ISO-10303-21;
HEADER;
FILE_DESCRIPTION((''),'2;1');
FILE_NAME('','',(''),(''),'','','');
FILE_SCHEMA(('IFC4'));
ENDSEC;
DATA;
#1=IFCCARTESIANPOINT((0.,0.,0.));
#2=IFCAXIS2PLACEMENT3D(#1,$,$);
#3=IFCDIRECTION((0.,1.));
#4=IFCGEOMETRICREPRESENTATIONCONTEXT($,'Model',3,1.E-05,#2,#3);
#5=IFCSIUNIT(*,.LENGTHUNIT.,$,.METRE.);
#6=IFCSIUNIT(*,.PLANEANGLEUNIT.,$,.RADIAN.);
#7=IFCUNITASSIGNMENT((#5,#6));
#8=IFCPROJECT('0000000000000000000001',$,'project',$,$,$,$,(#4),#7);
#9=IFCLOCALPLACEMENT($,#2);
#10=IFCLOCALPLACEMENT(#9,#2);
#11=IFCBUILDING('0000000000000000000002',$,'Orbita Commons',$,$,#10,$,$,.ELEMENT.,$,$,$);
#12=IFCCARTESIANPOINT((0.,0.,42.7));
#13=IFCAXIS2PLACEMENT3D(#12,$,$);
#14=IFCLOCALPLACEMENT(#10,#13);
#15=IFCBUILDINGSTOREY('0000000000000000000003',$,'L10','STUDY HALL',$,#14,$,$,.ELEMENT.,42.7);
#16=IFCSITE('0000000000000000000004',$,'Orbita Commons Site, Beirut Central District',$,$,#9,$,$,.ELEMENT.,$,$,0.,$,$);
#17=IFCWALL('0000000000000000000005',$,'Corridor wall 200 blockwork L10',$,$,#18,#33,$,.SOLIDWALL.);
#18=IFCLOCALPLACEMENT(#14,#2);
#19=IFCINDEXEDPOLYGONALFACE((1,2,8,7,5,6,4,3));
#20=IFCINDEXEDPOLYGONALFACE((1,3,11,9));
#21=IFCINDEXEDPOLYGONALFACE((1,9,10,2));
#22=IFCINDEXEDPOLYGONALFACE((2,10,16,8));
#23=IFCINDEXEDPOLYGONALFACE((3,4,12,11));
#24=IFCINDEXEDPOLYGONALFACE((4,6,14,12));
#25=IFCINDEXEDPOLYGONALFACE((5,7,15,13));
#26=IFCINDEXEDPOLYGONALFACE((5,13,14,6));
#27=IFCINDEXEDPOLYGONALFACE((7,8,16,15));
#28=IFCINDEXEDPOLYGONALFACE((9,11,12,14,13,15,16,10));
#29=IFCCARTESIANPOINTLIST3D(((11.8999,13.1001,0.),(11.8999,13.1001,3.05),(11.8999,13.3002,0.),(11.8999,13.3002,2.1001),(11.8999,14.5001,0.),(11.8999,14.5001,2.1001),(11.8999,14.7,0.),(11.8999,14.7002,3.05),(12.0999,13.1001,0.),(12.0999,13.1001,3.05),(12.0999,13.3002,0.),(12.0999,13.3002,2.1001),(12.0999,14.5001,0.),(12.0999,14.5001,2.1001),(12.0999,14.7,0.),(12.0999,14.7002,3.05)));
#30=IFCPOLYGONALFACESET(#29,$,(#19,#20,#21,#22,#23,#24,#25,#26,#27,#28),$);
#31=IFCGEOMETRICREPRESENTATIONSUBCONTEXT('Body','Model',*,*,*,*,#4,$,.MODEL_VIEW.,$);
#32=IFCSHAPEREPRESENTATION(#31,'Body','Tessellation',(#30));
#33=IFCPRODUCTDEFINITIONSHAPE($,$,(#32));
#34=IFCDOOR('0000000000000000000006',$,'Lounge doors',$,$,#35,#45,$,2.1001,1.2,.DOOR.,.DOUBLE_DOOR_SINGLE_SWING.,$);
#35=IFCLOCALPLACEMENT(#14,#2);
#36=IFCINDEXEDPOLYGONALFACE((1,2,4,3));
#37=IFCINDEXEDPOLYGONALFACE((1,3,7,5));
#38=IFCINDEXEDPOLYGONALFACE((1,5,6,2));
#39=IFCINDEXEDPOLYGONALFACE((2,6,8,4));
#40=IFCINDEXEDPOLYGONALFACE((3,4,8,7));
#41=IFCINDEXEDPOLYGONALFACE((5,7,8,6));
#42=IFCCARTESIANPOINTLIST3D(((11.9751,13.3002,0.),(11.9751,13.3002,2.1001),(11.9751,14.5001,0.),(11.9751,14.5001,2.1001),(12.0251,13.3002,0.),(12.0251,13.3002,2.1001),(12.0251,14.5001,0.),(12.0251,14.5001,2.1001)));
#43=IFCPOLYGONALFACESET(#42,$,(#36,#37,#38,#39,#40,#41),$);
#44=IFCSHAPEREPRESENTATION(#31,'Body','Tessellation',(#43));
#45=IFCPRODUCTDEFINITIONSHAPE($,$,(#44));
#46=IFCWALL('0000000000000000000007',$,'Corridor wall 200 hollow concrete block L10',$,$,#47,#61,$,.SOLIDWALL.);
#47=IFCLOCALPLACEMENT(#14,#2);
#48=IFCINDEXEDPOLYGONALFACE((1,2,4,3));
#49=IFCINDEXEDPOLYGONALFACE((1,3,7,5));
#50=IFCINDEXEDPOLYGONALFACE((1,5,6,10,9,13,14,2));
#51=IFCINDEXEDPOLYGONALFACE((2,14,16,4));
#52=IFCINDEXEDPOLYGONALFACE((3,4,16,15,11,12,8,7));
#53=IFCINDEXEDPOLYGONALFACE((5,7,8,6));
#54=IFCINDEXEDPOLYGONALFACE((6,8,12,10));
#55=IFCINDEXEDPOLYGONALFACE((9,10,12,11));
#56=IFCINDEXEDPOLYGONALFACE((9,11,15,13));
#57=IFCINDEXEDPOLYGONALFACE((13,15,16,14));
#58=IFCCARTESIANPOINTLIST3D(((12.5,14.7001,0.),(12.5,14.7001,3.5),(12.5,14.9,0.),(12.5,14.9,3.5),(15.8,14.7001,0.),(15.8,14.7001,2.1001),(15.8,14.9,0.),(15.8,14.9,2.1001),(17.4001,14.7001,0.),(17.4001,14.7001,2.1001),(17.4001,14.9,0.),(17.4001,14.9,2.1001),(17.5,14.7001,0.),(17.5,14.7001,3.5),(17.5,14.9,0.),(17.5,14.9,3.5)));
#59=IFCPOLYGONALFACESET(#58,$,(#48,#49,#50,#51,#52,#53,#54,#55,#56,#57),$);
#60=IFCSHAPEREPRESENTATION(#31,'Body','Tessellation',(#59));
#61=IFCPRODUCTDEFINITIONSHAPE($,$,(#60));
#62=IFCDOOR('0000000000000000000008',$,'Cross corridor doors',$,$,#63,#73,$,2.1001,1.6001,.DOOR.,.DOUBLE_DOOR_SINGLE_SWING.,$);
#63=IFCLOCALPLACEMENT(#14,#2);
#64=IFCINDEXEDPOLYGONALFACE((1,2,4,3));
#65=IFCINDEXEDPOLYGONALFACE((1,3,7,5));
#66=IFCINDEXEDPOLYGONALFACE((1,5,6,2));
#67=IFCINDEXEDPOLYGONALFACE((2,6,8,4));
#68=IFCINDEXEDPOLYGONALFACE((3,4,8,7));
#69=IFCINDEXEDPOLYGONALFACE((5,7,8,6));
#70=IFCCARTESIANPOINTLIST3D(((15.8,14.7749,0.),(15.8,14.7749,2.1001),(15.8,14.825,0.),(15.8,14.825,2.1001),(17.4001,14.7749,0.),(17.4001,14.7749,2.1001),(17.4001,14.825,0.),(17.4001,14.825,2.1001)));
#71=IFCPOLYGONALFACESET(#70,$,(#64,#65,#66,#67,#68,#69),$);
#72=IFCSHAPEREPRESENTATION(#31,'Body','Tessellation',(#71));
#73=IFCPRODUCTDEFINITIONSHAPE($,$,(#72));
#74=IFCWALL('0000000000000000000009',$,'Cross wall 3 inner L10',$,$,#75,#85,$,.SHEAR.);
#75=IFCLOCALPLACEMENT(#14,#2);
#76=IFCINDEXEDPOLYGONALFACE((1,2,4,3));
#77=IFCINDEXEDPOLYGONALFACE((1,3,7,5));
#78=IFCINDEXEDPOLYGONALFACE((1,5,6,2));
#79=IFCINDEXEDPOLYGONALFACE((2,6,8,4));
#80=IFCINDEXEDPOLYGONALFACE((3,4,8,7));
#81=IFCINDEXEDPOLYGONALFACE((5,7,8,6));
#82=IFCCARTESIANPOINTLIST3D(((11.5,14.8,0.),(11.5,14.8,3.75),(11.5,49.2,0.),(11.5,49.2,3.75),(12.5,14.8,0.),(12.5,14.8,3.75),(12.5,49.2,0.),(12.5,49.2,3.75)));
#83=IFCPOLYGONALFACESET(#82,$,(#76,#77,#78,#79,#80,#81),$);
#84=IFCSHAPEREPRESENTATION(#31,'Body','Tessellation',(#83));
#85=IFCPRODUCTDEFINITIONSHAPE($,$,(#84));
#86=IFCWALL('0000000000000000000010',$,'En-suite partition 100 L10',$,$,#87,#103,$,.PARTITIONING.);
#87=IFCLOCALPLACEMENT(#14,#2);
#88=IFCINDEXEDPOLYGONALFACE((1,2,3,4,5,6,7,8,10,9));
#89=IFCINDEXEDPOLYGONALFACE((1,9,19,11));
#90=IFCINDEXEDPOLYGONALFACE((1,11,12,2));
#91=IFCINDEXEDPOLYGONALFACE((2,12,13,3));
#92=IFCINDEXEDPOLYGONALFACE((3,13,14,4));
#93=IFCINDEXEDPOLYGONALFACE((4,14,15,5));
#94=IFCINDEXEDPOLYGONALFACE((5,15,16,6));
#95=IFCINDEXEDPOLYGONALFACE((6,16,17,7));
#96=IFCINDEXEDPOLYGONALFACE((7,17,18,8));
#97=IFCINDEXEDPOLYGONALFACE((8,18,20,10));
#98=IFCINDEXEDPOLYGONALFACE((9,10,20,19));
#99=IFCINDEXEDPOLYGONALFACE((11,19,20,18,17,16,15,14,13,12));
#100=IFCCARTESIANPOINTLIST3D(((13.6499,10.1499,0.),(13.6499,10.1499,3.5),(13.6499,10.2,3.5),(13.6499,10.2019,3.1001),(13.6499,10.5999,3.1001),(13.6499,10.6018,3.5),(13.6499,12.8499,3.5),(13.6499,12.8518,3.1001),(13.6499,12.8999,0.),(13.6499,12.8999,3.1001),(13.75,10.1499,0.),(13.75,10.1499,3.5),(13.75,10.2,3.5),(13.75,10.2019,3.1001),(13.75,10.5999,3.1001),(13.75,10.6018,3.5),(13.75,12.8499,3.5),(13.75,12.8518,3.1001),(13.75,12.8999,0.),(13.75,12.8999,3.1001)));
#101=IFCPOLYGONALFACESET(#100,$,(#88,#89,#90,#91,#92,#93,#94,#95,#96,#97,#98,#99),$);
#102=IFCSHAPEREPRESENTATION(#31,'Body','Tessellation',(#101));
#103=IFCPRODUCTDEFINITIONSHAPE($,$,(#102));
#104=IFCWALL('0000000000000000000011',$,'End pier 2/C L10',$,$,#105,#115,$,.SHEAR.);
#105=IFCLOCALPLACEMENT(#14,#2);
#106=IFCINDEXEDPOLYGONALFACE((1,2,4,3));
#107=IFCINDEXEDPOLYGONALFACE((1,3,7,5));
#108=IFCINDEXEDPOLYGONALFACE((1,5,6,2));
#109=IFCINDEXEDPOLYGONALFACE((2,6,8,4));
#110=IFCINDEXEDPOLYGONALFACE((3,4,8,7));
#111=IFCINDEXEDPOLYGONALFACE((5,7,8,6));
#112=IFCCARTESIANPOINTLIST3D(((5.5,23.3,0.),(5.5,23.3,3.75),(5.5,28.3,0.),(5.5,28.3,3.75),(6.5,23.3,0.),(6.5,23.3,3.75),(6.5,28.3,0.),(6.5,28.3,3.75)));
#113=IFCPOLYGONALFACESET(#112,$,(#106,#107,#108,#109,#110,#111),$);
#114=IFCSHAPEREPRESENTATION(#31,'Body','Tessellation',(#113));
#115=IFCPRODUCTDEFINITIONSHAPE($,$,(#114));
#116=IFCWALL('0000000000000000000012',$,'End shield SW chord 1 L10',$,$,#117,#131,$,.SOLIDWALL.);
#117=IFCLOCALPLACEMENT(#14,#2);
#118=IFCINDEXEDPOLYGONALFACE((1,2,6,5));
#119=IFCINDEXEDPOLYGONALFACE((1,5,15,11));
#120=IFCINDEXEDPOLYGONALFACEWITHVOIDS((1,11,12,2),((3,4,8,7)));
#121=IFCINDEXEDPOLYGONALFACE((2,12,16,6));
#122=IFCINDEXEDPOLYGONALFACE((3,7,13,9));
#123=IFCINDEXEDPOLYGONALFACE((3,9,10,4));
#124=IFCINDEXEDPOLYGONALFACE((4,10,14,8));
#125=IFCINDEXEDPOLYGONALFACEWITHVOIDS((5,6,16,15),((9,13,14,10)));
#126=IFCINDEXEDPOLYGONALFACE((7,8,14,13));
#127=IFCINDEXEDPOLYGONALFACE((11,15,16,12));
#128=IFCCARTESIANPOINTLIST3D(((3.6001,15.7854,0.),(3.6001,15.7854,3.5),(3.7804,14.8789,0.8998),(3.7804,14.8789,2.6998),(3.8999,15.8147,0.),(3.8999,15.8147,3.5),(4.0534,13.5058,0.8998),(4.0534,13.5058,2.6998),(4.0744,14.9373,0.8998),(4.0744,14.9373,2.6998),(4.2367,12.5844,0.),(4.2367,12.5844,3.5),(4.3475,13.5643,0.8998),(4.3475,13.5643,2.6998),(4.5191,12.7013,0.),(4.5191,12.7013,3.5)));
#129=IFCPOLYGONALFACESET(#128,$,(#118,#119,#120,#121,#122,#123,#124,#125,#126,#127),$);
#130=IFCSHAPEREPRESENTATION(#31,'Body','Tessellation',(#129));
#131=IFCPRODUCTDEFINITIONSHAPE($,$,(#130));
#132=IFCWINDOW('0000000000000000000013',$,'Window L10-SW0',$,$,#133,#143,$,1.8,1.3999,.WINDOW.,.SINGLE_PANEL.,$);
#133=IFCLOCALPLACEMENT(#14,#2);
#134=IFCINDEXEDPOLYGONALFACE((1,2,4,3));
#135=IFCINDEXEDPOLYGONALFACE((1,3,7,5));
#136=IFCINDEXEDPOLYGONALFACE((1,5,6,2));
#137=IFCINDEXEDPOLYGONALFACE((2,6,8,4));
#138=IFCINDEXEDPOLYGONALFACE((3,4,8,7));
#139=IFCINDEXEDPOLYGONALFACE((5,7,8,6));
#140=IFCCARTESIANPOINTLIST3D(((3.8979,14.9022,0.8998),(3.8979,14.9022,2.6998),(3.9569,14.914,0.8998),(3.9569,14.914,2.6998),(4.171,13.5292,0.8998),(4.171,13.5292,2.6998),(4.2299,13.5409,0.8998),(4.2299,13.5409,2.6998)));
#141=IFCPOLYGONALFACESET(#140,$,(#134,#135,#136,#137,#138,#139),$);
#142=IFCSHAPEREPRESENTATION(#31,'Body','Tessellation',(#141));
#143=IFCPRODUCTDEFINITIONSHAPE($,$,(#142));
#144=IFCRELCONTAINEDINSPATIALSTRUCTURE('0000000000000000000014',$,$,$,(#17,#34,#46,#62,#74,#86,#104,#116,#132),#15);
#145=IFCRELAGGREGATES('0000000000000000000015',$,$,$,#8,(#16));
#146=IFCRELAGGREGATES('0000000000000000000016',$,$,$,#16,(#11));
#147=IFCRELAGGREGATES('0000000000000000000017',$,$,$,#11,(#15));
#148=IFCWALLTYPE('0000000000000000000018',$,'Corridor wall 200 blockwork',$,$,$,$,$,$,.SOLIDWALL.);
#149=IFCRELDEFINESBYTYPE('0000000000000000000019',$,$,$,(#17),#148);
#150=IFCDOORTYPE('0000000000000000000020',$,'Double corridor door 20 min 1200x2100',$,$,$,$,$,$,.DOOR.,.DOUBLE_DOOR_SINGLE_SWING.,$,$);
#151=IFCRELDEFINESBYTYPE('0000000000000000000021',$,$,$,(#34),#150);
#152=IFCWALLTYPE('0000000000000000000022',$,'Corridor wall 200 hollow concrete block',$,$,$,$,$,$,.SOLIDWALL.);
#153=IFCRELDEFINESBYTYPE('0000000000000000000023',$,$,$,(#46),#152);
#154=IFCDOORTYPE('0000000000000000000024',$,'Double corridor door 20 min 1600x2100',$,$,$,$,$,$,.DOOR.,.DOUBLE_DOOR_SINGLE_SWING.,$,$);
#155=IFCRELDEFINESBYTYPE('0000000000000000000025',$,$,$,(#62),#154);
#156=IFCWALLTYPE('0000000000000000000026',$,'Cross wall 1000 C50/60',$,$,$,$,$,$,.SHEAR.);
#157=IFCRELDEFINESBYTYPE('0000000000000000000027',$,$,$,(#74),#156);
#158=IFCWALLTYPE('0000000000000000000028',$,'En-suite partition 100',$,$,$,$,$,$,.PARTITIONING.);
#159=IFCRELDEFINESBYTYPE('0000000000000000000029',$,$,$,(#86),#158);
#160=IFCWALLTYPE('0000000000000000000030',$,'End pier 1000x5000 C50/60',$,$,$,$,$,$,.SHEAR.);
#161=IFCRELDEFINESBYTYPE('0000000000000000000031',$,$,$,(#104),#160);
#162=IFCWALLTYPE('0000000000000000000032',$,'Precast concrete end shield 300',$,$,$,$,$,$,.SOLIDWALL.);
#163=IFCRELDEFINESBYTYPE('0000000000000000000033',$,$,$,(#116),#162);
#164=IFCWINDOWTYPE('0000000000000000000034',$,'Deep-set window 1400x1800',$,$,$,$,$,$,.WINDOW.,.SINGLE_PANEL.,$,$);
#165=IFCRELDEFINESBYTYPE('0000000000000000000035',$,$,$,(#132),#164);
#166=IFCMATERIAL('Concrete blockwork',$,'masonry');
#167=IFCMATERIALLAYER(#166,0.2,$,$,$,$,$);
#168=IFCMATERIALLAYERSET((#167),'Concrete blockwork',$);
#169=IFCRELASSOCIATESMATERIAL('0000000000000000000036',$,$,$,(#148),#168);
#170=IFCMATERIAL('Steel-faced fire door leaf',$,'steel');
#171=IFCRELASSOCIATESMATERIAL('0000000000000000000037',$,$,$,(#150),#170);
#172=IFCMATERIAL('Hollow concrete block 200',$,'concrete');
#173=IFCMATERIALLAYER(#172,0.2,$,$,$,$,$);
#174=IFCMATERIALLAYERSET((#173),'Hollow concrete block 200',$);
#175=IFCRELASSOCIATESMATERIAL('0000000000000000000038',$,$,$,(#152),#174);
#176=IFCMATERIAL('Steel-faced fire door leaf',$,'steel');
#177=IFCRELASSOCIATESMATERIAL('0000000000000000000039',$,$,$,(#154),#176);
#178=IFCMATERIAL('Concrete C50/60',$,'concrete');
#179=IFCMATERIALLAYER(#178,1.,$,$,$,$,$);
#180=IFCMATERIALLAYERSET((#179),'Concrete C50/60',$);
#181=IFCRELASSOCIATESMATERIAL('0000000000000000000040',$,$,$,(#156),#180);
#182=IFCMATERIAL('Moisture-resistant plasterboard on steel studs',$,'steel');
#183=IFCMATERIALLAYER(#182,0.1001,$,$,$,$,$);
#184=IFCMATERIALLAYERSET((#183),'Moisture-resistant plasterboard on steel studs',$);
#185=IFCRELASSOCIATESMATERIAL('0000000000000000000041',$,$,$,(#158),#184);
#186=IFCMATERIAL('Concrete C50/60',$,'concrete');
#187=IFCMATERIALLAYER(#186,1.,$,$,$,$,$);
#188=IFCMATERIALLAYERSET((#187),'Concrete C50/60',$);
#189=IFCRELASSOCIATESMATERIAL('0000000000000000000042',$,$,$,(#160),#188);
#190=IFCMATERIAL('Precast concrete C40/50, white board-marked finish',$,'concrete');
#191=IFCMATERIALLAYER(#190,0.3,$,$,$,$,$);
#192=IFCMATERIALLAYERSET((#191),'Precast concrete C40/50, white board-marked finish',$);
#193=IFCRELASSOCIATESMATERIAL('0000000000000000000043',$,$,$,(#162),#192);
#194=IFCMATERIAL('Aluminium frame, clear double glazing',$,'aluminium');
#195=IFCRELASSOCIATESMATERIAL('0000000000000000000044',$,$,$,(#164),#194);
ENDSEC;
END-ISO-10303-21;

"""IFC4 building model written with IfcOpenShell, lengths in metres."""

from ifc_helpers import new_model, si_unit, direction, frame, frame_2d, origin, place, context, subcontext, project, spatial, polyline, rectangle, outline, extrude, material, layer, layer_set, type_object, element, fill, save


model = new_model("IFC4")

# Units and contexts
model_context = context("Model", 3, precision=1e-05, world=origin(), true_north=direction((0.0, 1.0)))
body_context = subcontext(model_context, "Body", "Model", "MODEL_VIEW")
ifc_project = project(units=[si_unit("LENGTHUNIT", "METRE"), si_unit("PLANEANGLEUNIT", "RADIAN")], contexts=[model_context])

# Site, building, storey
site_placement = place(None, origin())
site = spatial("IfcSite", under=ifc_project, at=site_placement, Name="Orbita Commons Site, Beirut Central District", CompositionType="ELEMENT", RefElevation=0.0)
building_placement = place(site_placement, origin())
building = spatial("IfcBuilding", under=site, at=building_placement, Name="Orbita Commons", CompositionType="ELEMENT")
storey_placement = place(building_placement, frame((0.0, 0.0, 42.7)))
storey = spatial("IfcBuildingStorey", under=building, at=storey_placement, Name="L10", Description="STUDY HALL", CompositionType="ELEMENT", Elevation=42.7)

# Shared definitions
ifc_material_1 = material(Name="Concrete blockwork", Category="masonry")
ifc_layer_1 = layer(ifc_material_1, 0.2)
ifc_layer_set_1 = layer_set([ifc_layer_1], Name="Concrete blockwork")
wall_type_1 = type_object("IfcWallType", Name="Corridor wall 200 blockwork", PredefinedType="SOLIDWALL", material=ifc_layer_set_1)

# Walls, openings, doors
wall_1_placement = place(storey_placement, frame((12.0, 13.1001, 0.0), z_axis=(0.0, 0.0, 1.0), x_axis=(0.0, 1.0, 0.0)))
wall_1 = element("IfcWall", 1, at=wall_1_placement, inside=storey, type_object=wall_type_1, Name="Corridor wall 200 blockwork L10", PredefinedType="SOLIDWALL", context=body_context, shape_type="SweptSolid", body=[
    extrude(outline(polyline([(0.0, 0.0), (1.5999, 0.0), (1.6001, 3.05), (0.0, 3.05), (0.0, 0.0)])), frame((0.0, 0.1001, 0.0), z_axis=(0.0, -1.0, 0.0), x_axis=(1.0, 0.0, 0.0)), (0.0, 0.0, 1.0), 0.2),
])
opening_1_placement = place(wall_1_placement, frame((0.2, 0.0, 0.0)))
opening_1 = element("IfcOpeningElement", 2, at=opening_1_placement, cuts=wall_1, PredefinedType="OPENING", context=body_context, shape_type="SweptSolid", body=[
    extrude(rectangle(XDim=1.2, YDim=2.1001, at=frame_2d((0.6001, 1.05))), frame((0.0, 0.1099, 0.0), z_axis=(0.0, -1.0, 0.0), x_axis=(1.0, 0.0, 0.0)), (0.0, 0.0, 1.0), 0.22),
])
ifc_material_2 = material(Name="Steel-faced fire door leaf", Category="steel")
door_type_1 = type_object("IfcDoorType", Name="Double corridor door 20 min 1200x2100", OperationType="DOUBLE_DOOR_SINGLE_SWING", PredefinedType="DOOR", material=ifc_material_2)
door_1_placement = place(opening_1_placement, origin())
door_1 = element("IfcDoor", 3, at=door_1_placement, inside=storey, type_object=door_type_1, Name="Lounge doors", OperationType="DOUBLE_DOOR_SINGLE_SWING", OverallHeight=2.1001, OverallWidth=1.2, PredefinedType="DOOR", context=body_context, shape_type="SweptSolid", body=[
    extrude(rectangle(XDim=1.2, YDim=2.1001, at=frame_2d((0.6001, 1.05))), frame((0.0, 0.0249, 0.0), z_axis=(0.0, -1.0, 0.0), x_axis=(1.0, 0.0, 0.0)), (0.0, 0.0, 1.0), 0.05),
])
fill(opening_1, door_1)
ifc_material_3 = material(Name="Hollow concrete block 200", Category="concrete")
ifc_layer_2 = layer(ifc_material_3, 0.2)
ifc_layer_set_2 = layer_set([ifc_layer_2], Name="Hollow concrete block 200")
wall_type_2 = type_object("IfcWallType", Name="Corridor wall 200 hollow concrete block", PredefinedType="SOLIDWALL", material=ifc_layer_set_2)
wall_2_placement = place(storey_placement, frame((12.5, 14.8, 0.0), z_axis=(0.0, 0.0, 1.0), x_axis=(1.0, 0.0, 0.0)))
wall_2 = element("IfcWall", 4, at=wall_2_placement, inside=storey, type_object=wall_type_2, Name="Corridor wall 200 hollow concrete block L10", PredefinedType="SOLIDWALL", context=body_context, shape_type="SweptSolid", body=[
    extrude(rectangle(XDim=5.0, YDim=0.2, at=frame_2d((2.5, 0.0))), origin(), (0.0, 0.0, 1.0), 3.5),
])
opening_2_placement = place(wall_2_placement, frame((3.3, 0.0, 0.0)))
opening_2 = element("IfcOpeningElement", 5, at=opening_2_placement, cuts=wall_2, PredefinedType="OPENING", context=body_context, shape_type="SweptSolid", body=[
    extrude(rectangle(XDim=1.6001, YDim=2.1001, at=frame_2d((0.8, 1.05))), frame((0.0, 0.1099, 0.0), z_axis=(0.0, -1.0, 0.0), x_axis=(1.0, 0.0, 0.0)), (0.0, 0.0, 1.0), 0.22),
])
ifc_material_4 = material(Name="Steel-faced fire door leaf", Category="steel")
door_type_2 = type_object("IfcDoorType", Name="Double corridor door 20 min 1600x2100", OperationType="DOUBLE_DOOR_SINGLE_SWING", PredefinedType="DOOR", material=ifc_material_4)
door_2_placement = place(opening_2_placement, origin())
door_2 = element("IfcDoor", 6, at=door_2_placement, inside=storey, type_object=door_type_2, Name="Cross corridor doors", OperationType="DOUBLE_DOOR_SINGLE_SWING", OverallHeight=2.1001, OverallWidth=1.6001, PredefinedType="DOOR", context=body_context, shape_type="SweptSolid", body=[
    extrude(rectangle(XDim=1.6001, YDim=2.1001, at=frame_2d((0.8, 1.05))), frame((0.0, 0.0249, 0.0), z_axis=(0.0, -1.0, 0.0), x_axis=(1.0, 0.0, 0.0)), (0.0, 0.0, 1.0), 0.05),
])
fill(opening_2, door_2)

# Walls
ifc_material_5 = material(Name="Concrete C50/60", Category="concrete")
ifc_layer_3 = layer(ifc_material_5, 1.0)
ifc_layer_set_3 = layer_set([ifc_layer_3], Name="Concrete C50/60")
wall_type_3 = type_object("IfcWallType", Name="Cross wall 1000 C50/60", PredefinedType="SHEAR", material=ifc_layer_set_3)
wall_3_placement = place(storey_placement, frame((12.0, 14.8, 0.0), z_axis=(0.0, 0.0, 1.0), x_axis=(0.0, 1.0, 0.0)))
element("IfcWall", 7, at=wall_3_placement, inside=storey, type_object=wall_type_3, Name="Cross wall 3 inner L10", PredefinedType="SHEAR", context=body_context, shape_type="SweptSolid", body=[
    extrude(rectangle(XDim=34.3999, YDim=1.0, at=frame_2d((17.2, 0.0))), origin(), (0.0, 0.0, 1.0), 3.75),
])
ifc_material_6 = material(Name="Moisture-resistant plasterboard on steel studs", Category="steel")
ifc_layer_4 = layer(ifc_material_6, 0.1001)
ifc_layer_set_4 = layer_set([ifc_layer_4], Name="Moisture-resistant plasterboard on steel studs")
wall_type_4 = type_object("IfcWallType", Name="En-suite partition 100", PredefinedType="PARTITIONING", material=ifc_layer_set_4)
wall_4_placement = place(storey_placement, frame((13.7, 10.1499, 0.0), z_axis=(0.0, 0.0, 1.0), x_axis=(0.0, 1.0, 0.0)))
element("IfcWall", 8, at=wall_4_placement, inside=storey, type_object=wall_type_4, Name="En-suite partition 100 L10", PredefinedType="PARTITIONING", context=body_context, shape_type="SweptSolid", body=[
    extrude(outline(polyline([(0.0, 0.0), (2.75, 0.0), (2.75, 3.1001), (2.7019, 3.1001), (2.7, 3.5), (0.4519, 3.5), (0.45, 3.1001), (0.052, 3.1001), (0.05, 3.5), (0.0, 3.5), (0.0, 0.0)])), frame((0.0, 0.05, 0.0), z_axis=(0.0, -1.0, 0.0), x_axis=(1.0, 0.0, 0.0)), (0.0, 0.0, 1.0), 0.1001),
])
ifc_material_7 = material(Name="Concrete C50/60", Category="concrete")
ifc_layer_5 = layer(ifc_material_7, 1.0)
ifc_layer_set_5 = layer_set([ifc_layer_5], Name="Concrete C50/60")
wall_type_5 = type_object("IfcWallType", Name="End pier 1000x5000 C50/60", PredefinedType="SHEAR", material=ifc_layer_set_5)
wall_5_placement = place(storey_placement, frame((6.0, 23.3, 0.0), z_axis=(0.0, 0.0, 1.0), x_axis=(0.0, 1.0, 0.0)))
element("IfcWall", 9, at=wall_5_placement, inside=storey, type_object=wall_type_5, Name="End pier 2/C L10", PredefinedType="SHEAR", context=body_context, shape_type="SweptSolid", body=[
    extrude(rectangle(XDim=5.0, YDim=1.0, at=frame_2d((2.5, 0.0))), origin(), (0.0, 0.0, 1.0), 3.75),
])

# Wall, opening, window
ifc_material_8 = material(Name="Precast concrete C40/50, white board-marked finish", Category="concrete")
ifc_layer_6 = layer(ifc_material_8, 0.3)
ifc_layer_set_6 = layer_set([ifc_layer_6], Name="Precast concrete C40/50, white board-marked finish")
wall_type_6 = type_object("IfcWallType", Name="Precast concrete end shield 300", PredefinedType="SOLIDWALL", material=ifc_layer_set_6)
wall_6_placement = place(storey_placement, frame((3.75, 15.8, 0.0), z_axis=(0.0, 0.0, 1.0), x_axis=(0.195066, -0.98079, 0.0)))
wall_6 = element("IfcWall", 10, at=wall_6_placement, inside=storey, type_object=wall_type_6, Name="End shield SW chord 1 L10", PredefinedType="SOLIDWALL", context=body_context, shape_type="SweptSolid", body=[
    extrude(outline(polyline([(-0.0149, -0.1499), (3.2488, -0.1499), (3.1892, 0.1499), (0.0149, 0.1499), (-0.0149, -0.1499)])), origin(), (0.0, 0.0, 1.0), 3.5),
])
opening_3_placement = place(wall_6_placement, frame((0.9094, 0.0, 0.8999)))
opening_3 = element("IfcOpeningElement", 11, at=opening_3_placement, cuts=wall_6, PredefinedType="OPENING", context=body_context, shape_type="SweptSolid", body=[
    extrude(rectangle(XDim=1.3999, YDim=1.8, at=frame_2d((0.7, 0.8999))), frame((0.0, 0.1599, 0.0), z_axis=(0.0, -1.0, 0.0), x_axis=(1.0, 0.0, 0.0)), (0.0, 0.0, 1.0), 0.3201),
])
ifc_material_9 = material(Name="Aluminium frame, clear double glazing", Category="aluminium")
window_type = type_object("IfcWindowType", Name="Deep-set window 1400x1800", PartitioningType="SINGLE_PANEL", PredefinedType="WINDOW", material=ifc_material_9)
window_1_placement = place(opening_3_placement, origin())
window_1 = element("IfcWindow", 12, at=window_1_placement, inside=storey, type_object=window_type, Name="Window L10-SW0", OverallHeight=1.8, OverallWidth=1.3999, PartitioningType="SINGLE_PANEL", PredefinedType="WINDOW", context=body_context, shape_type="SweptSolid", body=[
    extrude(rectangle(XDim=1.3999, YDim=1.8, at=frame_2d((0.7, 0.8999))), frame((0.0, 0.03, 0.0), z_axis=(0.0, -1.0, 0.0), x_axis=(1.0, 0.0, 0.0)), (0.0, 0.0, 1.0), 0.0601),
])
fill(opening_3, window_1)

save(model, "model.ifc")
